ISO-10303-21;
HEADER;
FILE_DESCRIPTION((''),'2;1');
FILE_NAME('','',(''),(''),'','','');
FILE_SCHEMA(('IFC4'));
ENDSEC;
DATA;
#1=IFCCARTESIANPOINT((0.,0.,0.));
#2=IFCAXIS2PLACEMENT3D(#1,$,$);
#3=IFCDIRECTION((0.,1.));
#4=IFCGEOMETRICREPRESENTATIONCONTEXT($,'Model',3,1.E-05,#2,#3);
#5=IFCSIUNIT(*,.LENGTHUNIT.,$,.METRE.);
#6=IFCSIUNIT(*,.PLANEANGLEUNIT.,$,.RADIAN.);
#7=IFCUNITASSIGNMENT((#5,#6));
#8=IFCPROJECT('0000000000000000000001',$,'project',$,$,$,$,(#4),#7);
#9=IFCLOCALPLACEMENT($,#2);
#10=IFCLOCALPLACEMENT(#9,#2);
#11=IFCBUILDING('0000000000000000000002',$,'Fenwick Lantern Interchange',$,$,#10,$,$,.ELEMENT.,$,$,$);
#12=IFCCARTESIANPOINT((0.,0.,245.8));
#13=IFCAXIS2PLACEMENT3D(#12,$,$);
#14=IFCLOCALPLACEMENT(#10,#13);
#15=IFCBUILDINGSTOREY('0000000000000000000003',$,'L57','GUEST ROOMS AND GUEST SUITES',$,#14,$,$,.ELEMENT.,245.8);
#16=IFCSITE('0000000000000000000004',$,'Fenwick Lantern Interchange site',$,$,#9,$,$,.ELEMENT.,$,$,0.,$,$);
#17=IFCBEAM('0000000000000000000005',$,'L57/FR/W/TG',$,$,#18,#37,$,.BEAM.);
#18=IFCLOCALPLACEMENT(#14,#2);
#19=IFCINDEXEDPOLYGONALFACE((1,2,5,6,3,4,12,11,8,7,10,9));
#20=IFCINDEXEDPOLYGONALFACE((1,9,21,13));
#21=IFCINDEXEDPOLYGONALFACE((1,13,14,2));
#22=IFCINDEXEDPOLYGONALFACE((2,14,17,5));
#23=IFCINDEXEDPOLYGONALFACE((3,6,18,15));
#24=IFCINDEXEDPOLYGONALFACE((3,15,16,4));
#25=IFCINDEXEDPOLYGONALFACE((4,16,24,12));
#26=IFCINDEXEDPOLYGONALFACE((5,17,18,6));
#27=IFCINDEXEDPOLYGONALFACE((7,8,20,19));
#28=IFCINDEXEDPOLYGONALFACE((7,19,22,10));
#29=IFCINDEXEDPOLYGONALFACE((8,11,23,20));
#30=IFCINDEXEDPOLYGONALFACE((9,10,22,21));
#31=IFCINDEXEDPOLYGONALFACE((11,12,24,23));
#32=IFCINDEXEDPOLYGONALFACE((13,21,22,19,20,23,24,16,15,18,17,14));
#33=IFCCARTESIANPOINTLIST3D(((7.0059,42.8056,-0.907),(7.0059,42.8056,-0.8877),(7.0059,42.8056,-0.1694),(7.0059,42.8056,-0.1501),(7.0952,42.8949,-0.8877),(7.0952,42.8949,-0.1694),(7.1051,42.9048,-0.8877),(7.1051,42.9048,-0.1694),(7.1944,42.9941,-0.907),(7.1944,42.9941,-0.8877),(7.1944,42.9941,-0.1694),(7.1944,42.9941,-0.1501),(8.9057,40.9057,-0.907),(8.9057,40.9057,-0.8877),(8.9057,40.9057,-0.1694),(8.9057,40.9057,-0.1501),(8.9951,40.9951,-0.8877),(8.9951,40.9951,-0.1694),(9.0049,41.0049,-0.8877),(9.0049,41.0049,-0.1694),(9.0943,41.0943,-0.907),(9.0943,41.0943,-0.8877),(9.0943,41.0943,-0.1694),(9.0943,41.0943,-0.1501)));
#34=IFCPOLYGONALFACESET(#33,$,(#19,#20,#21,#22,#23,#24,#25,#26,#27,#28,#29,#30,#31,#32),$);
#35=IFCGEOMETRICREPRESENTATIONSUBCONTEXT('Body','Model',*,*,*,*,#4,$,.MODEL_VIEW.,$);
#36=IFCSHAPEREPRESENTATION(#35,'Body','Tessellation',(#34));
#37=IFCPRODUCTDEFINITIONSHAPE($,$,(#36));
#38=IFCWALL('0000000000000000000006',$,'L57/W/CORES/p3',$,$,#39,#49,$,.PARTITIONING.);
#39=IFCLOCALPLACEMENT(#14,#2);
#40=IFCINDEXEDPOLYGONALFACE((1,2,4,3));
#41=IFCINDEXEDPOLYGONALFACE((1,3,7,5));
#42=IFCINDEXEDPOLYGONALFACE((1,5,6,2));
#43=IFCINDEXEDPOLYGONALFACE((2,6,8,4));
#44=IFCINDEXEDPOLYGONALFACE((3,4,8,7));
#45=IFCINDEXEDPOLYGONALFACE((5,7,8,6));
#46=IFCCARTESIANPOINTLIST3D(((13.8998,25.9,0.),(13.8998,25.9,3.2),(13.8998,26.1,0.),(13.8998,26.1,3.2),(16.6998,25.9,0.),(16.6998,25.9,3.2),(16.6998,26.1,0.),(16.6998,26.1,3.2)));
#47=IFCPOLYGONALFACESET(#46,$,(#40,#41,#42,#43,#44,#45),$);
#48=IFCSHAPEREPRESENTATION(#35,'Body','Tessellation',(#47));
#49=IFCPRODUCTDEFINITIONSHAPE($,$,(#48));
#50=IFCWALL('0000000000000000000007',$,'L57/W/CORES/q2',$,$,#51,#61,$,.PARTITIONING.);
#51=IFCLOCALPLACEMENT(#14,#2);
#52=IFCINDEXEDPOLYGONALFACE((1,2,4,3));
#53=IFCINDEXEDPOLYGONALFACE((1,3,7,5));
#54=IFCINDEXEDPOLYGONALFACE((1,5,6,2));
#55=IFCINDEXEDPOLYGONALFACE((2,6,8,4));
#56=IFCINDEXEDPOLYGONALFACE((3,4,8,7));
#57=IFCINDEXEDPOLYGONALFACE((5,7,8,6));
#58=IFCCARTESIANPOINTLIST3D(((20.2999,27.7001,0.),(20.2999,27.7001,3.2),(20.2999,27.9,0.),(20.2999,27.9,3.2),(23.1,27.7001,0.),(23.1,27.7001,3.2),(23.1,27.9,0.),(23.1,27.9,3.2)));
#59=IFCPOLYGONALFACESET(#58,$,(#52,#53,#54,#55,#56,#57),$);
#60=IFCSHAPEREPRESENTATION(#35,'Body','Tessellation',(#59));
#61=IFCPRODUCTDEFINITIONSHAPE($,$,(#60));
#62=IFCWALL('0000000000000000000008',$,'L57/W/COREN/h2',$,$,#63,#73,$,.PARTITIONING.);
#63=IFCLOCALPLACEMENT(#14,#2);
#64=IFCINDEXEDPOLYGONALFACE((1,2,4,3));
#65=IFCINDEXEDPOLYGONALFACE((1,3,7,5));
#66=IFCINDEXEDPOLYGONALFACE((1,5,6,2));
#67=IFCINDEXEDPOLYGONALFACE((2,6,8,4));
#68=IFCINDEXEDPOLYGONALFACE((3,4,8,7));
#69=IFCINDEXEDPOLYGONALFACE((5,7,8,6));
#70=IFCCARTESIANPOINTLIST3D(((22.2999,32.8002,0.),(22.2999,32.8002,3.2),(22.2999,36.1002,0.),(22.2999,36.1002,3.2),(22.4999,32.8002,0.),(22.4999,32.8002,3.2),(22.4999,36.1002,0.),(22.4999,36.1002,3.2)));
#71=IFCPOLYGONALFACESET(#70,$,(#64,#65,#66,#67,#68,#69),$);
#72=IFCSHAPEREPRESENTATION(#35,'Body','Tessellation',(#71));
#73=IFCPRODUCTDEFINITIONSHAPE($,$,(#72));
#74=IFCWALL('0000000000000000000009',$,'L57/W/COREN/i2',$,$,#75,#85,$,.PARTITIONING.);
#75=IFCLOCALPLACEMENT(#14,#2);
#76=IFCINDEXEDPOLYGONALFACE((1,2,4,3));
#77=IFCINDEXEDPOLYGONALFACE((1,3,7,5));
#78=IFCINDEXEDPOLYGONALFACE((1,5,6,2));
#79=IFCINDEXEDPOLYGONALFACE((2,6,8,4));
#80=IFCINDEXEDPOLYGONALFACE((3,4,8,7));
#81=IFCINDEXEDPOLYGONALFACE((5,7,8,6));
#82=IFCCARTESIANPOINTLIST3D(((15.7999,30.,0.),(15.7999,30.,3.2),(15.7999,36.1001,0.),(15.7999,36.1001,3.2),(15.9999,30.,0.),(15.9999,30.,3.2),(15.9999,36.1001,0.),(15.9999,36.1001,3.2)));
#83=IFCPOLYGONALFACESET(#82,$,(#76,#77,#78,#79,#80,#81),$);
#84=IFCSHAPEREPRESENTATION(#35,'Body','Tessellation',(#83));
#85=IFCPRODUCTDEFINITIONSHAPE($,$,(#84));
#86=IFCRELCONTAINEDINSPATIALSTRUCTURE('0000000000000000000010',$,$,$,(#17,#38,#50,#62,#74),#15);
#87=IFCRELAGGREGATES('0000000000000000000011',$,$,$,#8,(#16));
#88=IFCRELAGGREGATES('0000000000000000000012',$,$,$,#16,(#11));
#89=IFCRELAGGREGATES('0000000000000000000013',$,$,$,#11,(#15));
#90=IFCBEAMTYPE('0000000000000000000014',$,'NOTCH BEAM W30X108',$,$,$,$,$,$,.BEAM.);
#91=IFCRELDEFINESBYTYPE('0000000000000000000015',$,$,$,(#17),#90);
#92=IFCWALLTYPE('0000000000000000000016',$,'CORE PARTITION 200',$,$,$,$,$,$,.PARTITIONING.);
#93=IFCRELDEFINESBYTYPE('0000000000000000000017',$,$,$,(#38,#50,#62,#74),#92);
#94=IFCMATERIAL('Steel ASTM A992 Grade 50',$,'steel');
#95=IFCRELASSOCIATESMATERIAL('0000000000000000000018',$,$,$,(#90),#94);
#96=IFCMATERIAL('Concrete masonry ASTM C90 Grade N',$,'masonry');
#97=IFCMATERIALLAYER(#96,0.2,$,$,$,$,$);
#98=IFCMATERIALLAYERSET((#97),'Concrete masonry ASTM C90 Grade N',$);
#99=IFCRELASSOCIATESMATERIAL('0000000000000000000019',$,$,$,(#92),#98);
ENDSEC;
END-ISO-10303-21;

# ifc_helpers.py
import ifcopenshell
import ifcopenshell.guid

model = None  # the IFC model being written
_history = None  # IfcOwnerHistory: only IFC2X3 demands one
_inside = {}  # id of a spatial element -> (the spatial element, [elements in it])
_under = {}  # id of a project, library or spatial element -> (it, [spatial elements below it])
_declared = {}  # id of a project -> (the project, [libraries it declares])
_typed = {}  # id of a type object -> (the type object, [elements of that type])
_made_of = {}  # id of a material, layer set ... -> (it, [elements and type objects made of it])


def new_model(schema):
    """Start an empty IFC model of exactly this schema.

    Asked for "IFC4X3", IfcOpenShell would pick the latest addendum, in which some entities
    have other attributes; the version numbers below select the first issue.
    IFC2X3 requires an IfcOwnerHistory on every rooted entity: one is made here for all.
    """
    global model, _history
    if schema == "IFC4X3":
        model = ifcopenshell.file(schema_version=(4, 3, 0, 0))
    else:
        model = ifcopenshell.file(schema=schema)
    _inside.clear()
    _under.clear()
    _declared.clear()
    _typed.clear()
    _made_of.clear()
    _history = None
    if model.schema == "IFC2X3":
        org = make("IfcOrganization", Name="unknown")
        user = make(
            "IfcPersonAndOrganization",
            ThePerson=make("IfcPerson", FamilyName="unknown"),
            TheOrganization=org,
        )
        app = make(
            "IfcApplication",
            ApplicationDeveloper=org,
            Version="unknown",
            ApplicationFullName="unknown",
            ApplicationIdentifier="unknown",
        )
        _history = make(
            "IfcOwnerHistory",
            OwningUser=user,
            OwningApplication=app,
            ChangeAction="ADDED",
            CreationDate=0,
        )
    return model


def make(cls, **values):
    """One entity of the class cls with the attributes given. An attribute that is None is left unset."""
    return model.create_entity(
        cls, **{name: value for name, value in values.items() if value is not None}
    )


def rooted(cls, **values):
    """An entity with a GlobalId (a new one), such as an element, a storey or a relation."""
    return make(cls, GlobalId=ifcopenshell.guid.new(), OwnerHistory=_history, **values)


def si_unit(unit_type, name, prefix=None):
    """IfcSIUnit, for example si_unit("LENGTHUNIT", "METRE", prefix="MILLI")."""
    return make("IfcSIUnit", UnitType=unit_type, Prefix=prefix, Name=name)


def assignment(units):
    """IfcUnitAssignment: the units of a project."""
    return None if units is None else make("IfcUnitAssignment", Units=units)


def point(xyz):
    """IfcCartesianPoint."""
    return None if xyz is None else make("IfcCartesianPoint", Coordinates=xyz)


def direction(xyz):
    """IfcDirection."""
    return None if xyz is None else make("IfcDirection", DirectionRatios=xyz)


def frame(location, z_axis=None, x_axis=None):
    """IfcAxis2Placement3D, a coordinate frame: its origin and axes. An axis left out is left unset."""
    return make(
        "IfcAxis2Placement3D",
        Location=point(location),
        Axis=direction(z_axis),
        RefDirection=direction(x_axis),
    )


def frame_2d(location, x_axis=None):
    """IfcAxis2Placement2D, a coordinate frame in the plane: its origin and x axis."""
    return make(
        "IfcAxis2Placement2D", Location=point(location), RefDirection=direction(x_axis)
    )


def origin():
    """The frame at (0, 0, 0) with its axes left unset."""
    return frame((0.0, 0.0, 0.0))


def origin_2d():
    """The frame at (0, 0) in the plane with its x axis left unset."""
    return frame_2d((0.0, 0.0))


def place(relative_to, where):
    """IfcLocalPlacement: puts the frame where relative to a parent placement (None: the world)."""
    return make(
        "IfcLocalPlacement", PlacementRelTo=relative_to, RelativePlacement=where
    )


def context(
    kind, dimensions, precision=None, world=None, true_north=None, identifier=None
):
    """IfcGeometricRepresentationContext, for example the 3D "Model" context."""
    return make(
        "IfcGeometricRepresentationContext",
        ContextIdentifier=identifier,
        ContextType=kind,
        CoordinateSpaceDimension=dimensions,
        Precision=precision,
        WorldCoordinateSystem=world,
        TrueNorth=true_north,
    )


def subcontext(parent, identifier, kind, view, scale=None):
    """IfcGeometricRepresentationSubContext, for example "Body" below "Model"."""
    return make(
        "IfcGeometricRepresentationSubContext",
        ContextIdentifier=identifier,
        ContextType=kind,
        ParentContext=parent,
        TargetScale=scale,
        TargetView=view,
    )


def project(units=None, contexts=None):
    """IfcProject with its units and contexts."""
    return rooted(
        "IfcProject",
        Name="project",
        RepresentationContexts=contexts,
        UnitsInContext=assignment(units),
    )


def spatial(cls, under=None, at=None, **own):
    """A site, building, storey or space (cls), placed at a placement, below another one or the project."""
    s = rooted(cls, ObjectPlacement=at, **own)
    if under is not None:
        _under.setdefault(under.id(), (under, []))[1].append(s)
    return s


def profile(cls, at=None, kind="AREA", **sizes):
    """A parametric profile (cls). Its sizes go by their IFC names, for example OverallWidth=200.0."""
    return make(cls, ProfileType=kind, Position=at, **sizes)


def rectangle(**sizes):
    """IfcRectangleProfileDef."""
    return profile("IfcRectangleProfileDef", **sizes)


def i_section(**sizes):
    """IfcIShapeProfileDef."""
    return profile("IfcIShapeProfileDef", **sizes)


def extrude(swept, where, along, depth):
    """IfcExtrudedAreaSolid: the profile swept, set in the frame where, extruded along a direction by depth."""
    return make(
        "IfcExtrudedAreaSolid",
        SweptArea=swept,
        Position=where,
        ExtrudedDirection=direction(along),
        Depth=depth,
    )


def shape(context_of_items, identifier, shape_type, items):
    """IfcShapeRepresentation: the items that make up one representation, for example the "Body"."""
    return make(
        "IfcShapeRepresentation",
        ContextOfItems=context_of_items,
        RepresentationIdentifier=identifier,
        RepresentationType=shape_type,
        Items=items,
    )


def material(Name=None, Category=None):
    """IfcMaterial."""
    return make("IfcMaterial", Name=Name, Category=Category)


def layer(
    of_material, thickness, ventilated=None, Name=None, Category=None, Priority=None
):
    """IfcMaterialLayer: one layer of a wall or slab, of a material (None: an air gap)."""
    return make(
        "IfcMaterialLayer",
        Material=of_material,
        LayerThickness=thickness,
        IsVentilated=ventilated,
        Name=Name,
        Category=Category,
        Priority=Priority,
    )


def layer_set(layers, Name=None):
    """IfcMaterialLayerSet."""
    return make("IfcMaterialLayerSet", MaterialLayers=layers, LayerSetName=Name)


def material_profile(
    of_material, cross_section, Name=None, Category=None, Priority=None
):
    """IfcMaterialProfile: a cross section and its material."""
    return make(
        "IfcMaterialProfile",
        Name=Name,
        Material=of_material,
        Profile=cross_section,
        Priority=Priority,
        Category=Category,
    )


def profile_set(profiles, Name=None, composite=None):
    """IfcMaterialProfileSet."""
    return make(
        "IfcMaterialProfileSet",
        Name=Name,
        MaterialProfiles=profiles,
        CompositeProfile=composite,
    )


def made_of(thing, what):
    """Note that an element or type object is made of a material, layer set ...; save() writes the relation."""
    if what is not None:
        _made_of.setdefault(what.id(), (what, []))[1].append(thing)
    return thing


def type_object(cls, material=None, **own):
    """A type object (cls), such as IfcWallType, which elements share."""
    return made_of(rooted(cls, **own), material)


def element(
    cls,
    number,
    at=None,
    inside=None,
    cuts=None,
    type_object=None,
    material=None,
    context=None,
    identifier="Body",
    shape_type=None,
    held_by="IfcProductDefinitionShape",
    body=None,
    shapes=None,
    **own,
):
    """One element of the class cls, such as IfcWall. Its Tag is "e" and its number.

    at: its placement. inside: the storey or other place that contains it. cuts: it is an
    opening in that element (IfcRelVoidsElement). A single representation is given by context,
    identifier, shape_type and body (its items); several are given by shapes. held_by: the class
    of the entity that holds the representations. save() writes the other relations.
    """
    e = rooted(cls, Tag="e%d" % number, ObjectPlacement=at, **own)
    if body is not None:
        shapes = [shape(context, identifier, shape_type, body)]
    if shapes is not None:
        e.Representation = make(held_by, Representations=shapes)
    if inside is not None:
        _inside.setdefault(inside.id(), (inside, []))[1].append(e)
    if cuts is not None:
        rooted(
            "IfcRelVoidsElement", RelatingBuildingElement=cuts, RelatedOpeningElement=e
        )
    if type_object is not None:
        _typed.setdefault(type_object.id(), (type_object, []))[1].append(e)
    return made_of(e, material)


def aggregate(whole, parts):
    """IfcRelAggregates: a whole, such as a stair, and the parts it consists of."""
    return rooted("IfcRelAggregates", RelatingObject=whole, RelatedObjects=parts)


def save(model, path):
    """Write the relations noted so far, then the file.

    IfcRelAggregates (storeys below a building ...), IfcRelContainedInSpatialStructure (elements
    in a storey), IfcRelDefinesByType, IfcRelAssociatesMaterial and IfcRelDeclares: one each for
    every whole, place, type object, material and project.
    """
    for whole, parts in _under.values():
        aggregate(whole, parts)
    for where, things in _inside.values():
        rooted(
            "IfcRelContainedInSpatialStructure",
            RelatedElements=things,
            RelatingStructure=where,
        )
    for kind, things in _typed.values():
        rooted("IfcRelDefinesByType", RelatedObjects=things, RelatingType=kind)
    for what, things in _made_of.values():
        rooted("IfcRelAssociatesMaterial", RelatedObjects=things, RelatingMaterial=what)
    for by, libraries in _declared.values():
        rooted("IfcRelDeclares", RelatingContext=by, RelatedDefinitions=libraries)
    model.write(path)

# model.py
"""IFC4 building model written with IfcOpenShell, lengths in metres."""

from ifc_helpers import new_model, si_unit, direction, frame, frame_2d, origin, origin_2d, place, context, subcontext, project, spatial, rectangle, i_section, extrude, material, layer, layer_set, material_profile, profile_set, type_object, element, save


model = new_model("IFC4")

# Units and contexts
model_context = context("Model", 3, precision=1e-05, world=origin(), true_north=direction((0.0, 1.0)))
body_context = subcontext(model_context, "Body", "Model", "MODEL_VIEW")
ifc_project = project(units=[si_unit("LENGTHUNIT", "METRE"), si_unit("PLANEANGLEUNIT", "RADIAN")], contexts=[model_context])

# Site, building, storey
site_placement = place(None, origin())
site = spatial("IfcSite", under=ifc_project, at=site_placement, Name="Fenwick Lantern Interchange site", CompositionType="ELEMENT", RefElevation=0.0)
building_placement = place(site_placement, origin())
building = spatial("IfcBuilding", under=site, at=building_placement, Name="Fenwick Lantern Interchange", CompositionType="ELEMENT")
storey_placement = place(building_placement, frame((0.0, 0.0, 245.8)))
storey = spatial("IfcBuildingStorey", under=building, at=storey_placement, Name="L57", Description="GUEST ROOMS AND GUEST SUITES", CompositionType="ELEMENT", Elevation=245.8)

# Beam
ifc_material_1 = material(Name="Steel ASTM A992 Grade 50", Category="steel")
ifc_material_profile_1 = material_profile(ifc_material_1, i_section(OverallWidth=0.2666, OverallDepth=0.7568, WebThickness=0.0139, FlangeThickness=0.0193, at=origin_2d()), Name="W30X108")
ifc_profile_set_1 = profile_set([ifc_material_profile_1], Name="Steel ASTM A992 Grade 50")
beam_type_1 = type_object("IfcBeamType", Name="NOTCH BEAM W30X108", PredefinedType="BEAM", material=ifc_profile_set_1)
beam_1_placement = place(storey_placement, frame((9.0, 41.0, -0.5286), z_axis=(-0.707107, 0.707107, 0.0), x_axis=(-0.707107, -0.707107, 0.0)))
element("IfcBeam", 1, at=beam_1_placement, inside=storey, type_object=beam_type_1, Name="L57/FR/W/TG", PredefinedType="BEAM", context=body_context, shape_type="SweptSolid", body=[
    extrude(i_section(OverallWidth=0.2666, OverallDepth=0.7568, WebThickness=0.0139, FlangeThickness=0.0193, at=origin_2d()), origin(), (0.0, 0.0, 1.0), 2.6868),
])

# Walls
ifc_material_2 = material(Name="Concrete masonry ASTM C90 Grade N", Category="masonry")
ifc_layer_1 = layer(ifc_material_2, 0.2)
ifc_layer_set_1 = layer_set([ifc_layer_1], Name="Concrete masonry ASTM C90 Grade N")
wall_type_1 = type_object("IfcWallType", Name="CORE PARTITION 200", PredefinedType="PARTITIONING", material=ifc_layer_set_1)
for number, where, z_axis, x_axis, name in (
    (2, (13.8999, 26.0, 0.0), (0.0, 0.0, 1.0), (1.0, 0.0, 0.0), "L57/W/CORES/p3"),
    (3, (20.3, 27.8, 0.0), (0.0, 0.0, 1.0), (1.0, 0.0, 0.0), "L57/W/CORES/q2"),
):
    element("IfcWall", number, at=place(storey_placement, frame(where, z_axis=z_axis, x_axis=x_axis)), inside=storey, type_object=wall_type_1, Name=name, PredefinedType="PARTITIONING", context=body_context, shape_type="SweptSolid", body=[
        extrude(rectangle(XDim=2.8, YDim=0.2, at=frame_2d((1.3999, 0.0))), origin(), (0.0, 0.0, 1.0), 3.2),
    ])
wall_1_placement = place(storey_placement, frame((22.3999, 36.1001, 0.0), z_axis=(0.0, 0.0, 1.0), x_axis=(0.0, -1.0, 0.0)))
element("IfcWall", 4, at=wall_1_placement, inside=storey, type_object=wall_type_1, Name="L57/W/COREN/h2", PredefinedType="PARTITIONING", context=body_context, shape_type="SweptSolid", body=[
    extrude(rectangle(XDim=3.3, YDim=0.2, at=frame_2d((1.6499, 0.0))), origin(), (0.0, 0.0, 1.0), 3.2),
])
wall_2_placement = place(storey_placement, frame((15.8999, 36.1001, 0.0), z_axis=(0.0, 0.0, 1.0), x_axis=(0.0, -1.0, 0.0)))
element("IfcWall", 5, at=wall_2_placement, inside=storey, type_object=wall_type_1, Name="L57/W/COREN/i2", PredefinedType="PARTITIONING", context=body_context, shape_type="SweptSolid", body=[
    extrude(rectangle(XDim=6.1001, YDim=0.2, at=frame_2d((3.05, 0.0))), origin(), (0.0, 0.0, 1.0), 3.2),
])

save(model, "model.ifc")
